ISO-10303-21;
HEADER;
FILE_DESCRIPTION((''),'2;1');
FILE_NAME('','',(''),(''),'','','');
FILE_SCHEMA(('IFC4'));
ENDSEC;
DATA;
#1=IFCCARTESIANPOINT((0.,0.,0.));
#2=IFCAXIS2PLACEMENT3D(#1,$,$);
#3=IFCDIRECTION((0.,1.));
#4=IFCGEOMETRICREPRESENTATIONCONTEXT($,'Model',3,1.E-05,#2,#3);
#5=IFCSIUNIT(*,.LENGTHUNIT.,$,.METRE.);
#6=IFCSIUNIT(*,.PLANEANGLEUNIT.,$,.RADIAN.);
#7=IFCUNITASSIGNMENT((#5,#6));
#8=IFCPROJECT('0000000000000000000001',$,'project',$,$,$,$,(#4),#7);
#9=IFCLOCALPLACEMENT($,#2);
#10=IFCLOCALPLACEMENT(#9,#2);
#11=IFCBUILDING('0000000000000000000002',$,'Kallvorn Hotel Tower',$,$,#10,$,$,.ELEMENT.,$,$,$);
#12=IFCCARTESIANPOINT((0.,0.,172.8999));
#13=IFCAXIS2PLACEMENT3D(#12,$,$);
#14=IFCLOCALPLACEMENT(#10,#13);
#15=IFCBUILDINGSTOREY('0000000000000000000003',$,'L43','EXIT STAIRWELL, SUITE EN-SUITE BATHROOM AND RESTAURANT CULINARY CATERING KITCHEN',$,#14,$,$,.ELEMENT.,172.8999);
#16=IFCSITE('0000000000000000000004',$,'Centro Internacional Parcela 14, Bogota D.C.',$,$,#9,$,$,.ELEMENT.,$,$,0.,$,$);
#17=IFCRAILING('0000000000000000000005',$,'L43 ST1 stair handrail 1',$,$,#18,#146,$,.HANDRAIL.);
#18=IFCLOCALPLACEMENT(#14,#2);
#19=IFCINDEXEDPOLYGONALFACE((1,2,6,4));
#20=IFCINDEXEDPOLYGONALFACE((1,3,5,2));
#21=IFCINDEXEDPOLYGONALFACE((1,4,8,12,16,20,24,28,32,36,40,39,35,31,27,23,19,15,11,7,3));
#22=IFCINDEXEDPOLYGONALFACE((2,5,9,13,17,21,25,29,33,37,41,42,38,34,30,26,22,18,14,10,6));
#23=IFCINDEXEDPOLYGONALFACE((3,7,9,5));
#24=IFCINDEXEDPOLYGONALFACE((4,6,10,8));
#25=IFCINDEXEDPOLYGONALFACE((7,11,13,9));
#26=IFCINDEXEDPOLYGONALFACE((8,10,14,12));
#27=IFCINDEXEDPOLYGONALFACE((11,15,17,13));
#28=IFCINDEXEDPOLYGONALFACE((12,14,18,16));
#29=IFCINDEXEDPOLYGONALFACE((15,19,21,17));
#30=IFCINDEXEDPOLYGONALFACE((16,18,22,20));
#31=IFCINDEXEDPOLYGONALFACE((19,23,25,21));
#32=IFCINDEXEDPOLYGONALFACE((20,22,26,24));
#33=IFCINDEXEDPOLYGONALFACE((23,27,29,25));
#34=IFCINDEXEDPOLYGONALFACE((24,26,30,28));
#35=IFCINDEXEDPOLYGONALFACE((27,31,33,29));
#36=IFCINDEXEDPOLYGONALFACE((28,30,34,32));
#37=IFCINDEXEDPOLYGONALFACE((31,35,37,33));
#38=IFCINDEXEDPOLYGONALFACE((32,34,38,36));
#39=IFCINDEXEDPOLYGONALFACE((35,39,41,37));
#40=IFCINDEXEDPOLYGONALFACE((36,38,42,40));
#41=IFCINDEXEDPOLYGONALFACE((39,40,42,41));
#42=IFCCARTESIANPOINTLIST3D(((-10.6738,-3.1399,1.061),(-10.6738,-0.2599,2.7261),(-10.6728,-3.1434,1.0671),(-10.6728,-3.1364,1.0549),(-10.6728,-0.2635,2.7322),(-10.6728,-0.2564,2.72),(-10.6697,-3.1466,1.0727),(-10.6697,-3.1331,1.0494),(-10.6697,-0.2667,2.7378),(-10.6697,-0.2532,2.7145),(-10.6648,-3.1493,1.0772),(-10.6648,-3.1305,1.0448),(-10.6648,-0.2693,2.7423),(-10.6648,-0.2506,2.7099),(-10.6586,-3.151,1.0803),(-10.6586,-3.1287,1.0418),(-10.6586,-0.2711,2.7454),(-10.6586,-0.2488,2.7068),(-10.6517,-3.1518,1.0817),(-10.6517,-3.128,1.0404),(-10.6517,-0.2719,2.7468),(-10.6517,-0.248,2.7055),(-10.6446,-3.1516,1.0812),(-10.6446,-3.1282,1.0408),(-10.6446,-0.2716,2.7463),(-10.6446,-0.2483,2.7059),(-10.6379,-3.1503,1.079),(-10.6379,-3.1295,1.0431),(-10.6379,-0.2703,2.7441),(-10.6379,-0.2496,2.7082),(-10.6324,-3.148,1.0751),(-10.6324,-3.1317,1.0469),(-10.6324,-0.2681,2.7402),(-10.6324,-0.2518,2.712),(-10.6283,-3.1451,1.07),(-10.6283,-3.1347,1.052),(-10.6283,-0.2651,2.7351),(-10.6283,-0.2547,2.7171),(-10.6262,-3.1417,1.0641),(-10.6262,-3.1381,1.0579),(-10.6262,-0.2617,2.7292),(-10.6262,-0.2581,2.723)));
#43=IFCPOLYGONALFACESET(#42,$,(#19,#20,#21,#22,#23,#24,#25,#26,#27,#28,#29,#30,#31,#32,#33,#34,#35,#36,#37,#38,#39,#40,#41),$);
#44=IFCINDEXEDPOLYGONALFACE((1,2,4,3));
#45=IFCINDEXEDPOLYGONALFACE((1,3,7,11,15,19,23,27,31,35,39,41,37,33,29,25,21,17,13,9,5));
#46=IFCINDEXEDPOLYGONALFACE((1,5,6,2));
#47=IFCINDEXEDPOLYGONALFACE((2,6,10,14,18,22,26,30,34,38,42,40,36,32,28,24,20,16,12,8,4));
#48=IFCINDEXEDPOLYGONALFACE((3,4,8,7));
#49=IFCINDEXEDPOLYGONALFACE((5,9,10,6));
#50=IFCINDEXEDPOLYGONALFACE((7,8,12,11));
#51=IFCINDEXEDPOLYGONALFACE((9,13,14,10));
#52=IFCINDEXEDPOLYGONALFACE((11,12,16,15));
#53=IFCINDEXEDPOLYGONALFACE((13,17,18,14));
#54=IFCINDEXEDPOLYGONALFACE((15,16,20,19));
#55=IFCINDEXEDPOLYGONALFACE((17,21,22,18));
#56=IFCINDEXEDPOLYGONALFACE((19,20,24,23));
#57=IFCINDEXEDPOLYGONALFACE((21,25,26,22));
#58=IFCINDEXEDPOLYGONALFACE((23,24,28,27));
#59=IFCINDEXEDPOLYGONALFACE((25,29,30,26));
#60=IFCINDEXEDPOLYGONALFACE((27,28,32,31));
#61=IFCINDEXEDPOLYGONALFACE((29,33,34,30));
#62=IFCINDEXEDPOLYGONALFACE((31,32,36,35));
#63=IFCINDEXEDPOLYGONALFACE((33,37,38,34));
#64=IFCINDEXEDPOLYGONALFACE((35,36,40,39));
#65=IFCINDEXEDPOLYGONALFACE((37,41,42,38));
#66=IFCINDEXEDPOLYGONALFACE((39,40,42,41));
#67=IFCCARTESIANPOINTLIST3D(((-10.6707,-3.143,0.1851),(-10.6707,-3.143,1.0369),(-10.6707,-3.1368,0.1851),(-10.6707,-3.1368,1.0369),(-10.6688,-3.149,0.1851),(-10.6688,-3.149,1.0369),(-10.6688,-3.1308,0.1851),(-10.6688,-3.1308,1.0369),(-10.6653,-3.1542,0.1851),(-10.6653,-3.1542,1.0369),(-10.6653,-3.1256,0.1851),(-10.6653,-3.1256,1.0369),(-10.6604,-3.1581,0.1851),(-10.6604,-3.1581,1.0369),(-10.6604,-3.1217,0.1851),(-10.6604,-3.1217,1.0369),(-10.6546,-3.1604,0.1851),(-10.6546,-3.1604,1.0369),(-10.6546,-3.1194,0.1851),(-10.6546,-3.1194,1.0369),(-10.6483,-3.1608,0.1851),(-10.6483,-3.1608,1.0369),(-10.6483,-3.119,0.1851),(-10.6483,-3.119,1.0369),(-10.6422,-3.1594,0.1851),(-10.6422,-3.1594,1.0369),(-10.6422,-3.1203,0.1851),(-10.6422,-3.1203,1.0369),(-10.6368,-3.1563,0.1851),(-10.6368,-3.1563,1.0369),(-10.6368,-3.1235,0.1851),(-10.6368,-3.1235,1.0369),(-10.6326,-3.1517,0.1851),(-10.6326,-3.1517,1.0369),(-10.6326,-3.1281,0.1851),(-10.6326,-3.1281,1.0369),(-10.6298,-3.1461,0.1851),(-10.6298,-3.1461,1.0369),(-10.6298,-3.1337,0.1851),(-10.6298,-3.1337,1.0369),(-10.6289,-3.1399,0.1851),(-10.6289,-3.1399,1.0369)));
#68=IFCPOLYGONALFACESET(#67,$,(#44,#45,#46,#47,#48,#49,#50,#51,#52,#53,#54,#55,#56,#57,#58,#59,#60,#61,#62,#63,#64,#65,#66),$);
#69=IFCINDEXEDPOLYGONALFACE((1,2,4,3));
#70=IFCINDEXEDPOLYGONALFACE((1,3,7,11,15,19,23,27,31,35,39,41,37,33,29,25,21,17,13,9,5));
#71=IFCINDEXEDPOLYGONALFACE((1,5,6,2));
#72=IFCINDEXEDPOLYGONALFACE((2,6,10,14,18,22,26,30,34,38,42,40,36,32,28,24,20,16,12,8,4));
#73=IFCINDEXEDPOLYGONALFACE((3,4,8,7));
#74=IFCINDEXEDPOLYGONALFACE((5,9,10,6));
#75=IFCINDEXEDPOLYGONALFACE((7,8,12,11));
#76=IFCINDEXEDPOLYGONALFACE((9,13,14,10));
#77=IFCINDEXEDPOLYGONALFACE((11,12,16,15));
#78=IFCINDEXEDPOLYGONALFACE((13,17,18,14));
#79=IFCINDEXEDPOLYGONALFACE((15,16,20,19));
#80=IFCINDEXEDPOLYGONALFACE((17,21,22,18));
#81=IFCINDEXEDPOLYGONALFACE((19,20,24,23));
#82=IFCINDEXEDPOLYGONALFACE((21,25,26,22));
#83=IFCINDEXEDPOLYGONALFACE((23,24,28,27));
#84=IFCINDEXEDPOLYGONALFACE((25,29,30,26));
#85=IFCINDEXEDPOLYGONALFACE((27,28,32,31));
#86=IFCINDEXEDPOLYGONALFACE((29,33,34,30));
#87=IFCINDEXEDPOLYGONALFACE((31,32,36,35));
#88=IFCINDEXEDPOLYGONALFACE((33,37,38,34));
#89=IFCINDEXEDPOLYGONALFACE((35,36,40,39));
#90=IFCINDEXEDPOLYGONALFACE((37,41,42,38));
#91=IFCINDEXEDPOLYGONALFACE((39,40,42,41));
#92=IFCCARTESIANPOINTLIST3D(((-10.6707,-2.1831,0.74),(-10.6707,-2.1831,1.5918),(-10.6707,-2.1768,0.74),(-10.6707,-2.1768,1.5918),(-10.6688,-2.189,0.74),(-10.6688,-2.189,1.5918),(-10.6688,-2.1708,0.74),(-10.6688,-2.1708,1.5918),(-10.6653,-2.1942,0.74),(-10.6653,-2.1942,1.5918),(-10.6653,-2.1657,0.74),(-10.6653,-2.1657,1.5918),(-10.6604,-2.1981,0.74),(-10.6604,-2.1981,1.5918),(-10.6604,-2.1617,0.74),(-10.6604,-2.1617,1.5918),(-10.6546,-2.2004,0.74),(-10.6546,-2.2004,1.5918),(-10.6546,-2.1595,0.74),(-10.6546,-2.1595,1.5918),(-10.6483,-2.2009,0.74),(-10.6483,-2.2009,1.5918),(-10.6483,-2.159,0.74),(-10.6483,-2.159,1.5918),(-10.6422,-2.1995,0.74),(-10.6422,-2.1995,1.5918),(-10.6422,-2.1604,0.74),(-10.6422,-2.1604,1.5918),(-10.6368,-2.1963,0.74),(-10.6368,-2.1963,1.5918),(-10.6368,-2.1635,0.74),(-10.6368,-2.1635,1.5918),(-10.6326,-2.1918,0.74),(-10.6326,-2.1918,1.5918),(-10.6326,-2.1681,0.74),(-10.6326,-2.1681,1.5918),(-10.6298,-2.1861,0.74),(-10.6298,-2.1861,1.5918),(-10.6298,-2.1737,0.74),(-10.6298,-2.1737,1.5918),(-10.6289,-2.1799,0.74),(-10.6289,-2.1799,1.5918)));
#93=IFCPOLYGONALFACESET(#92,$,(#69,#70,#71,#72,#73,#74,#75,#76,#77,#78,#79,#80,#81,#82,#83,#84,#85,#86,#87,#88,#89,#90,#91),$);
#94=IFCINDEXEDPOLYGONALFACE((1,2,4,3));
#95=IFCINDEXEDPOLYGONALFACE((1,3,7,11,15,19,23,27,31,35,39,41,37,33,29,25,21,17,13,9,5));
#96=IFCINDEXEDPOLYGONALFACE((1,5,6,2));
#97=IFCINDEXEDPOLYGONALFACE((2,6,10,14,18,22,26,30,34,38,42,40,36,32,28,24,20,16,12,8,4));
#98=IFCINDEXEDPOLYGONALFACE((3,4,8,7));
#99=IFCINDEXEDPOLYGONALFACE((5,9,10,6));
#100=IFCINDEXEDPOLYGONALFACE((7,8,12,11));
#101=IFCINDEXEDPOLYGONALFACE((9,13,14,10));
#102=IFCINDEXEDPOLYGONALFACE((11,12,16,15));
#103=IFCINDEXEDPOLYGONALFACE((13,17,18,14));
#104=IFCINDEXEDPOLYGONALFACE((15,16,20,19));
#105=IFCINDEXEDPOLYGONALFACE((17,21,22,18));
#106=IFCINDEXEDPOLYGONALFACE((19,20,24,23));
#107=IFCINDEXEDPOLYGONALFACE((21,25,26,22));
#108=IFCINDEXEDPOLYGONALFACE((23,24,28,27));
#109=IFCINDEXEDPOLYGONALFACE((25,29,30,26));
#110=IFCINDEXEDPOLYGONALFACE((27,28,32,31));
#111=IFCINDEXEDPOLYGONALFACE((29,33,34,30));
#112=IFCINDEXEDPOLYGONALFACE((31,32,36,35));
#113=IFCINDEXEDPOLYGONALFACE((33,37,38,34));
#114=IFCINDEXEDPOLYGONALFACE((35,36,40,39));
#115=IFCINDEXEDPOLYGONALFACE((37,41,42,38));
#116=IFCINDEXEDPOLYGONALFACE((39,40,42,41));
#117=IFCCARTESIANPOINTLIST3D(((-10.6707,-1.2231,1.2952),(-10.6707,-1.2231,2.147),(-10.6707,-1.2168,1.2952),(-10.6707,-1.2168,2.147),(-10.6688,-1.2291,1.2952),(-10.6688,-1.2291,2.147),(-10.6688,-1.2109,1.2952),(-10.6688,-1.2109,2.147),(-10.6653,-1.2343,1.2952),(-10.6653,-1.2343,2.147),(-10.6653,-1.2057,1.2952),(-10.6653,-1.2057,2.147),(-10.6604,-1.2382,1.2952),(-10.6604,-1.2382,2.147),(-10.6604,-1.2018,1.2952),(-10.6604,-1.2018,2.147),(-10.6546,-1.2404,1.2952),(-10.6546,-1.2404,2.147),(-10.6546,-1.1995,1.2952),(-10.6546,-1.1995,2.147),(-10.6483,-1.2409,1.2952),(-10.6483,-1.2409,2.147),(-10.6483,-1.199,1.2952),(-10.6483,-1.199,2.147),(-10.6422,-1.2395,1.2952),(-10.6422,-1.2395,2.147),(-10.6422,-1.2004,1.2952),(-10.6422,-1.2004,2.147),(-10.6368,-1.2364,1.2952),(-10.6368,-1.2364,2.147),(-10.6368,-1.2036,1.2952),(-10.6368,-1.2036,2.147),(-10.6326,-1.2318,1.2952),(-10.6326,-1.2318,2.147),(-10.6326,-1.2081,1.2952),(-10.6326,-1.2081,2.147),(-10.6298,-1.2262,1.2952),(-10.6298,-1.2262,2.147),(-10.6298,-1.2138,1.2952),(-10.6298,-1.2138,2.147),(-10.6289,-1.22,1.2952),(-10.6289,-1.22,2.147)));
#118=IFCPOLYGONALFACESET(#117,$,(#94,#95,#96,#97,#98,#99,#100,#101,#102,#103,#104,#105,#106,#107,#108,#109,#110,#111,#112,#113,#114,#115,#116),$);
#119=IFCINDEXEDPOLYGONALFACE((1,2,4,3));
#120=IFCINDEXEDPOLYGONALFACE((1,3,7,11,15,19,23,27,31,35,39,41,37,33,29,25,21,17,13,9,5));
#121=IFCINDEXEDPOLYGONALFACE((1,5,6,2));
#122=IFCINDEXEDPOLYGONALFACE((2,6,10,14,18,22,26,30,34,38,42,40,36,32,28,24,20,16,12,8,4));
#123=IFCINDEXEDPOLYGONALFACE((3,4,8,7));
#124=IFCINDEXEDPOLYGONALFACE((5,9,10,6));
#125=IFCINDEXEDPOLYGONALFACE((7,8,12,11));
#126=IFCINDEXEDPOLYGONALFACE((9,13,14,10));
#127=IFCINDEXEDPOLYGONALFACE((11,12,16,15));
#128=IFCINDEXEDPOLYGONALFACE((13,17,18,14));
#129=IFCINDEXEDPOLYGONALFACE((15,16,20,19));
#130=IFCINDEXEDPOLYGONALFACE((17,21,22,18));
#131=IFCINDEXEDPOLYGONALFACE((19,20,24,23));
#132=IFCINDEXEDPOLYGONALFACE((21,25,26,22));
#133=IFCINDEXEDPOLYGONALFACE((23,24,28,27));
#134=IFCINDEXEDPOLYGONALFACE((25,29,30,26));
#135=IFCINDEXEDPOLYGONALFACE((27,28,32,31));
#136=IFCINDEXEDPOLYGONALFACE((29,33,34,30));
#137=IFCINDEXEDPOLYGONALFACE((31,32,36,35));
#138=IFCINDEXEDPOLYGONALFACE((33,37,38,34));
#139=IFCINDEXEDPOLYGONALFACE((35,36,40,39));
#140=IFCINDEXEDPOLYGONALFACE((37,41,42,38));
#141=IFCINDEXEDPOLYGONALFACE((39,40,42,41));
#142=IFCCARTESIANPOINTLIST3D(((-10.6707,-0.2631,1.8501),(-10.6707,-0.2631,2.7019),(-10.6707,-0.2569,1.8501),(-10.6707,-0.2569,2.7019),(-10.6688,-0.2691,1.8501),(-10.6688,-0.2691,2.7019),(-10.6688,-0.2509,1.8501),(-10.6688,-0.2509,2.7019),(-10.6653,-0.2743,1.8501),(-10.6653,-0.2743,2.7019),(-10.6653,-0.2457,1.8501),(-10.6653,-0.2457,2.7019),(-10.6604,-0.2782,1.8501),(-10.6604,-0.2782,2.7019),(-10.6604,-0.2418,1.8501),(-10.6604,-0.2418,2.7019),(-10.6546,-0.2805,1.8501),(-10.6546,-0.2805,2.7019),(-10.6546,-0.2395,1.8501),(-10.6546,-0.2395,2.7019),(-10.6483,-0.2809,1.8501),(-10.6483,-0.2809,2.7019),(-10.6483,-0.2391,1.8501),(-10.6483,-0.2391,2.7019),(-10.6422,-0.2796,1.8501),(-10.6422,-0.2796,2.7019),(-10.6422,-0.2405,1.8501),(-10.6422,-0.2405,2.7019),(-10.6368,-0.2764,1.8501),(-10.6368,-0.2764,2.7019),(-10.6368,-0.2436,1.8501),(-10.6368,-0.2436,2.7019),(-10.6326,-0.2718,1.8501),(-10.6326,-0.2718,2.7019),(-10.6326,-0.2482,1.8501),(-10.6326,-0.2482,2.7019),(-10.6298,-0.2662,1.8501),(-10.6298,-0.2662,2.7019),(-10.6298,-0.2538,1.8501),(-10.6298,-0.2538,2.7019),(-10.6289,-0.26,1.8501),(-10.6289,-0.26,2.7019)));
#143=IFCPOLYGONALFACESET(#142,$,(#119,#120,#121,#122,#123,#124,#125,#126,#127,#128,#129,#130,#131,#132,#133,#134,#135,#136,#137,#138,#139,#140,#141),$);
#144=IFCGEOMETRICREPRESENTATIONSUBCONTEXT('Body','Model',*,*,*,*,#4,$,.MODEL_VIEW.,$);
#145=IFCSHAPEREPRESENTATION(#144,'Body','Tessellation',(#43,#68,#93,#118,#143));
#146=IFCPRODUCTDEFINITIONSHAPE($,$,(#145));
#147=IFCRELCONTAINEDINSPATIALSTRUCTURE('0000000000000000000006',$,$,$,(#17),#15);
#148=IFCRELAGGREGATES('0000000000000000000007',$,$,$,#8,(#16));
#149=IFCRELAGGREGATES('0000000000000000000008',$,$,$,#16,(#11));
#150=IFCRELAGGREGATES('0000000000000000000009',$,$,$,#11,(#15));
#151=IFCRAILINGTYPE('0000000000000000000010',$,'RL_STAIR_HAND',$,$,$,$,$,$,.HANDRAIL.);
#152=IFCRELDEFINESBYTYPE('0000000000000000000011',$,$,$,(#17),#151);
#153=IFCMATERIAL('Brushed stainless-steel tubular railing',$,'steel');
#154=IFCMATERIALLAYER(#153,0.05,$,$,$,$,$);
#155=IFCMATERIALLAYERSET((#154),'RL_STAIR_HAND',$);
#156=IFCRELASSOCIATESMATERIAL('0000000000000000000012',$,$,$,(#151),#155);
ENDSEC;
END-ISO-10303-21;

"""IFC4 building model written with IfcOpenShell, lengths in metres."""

from ifc_helpers import new_model, si_unit, direction, frame, origin, origin_2d, place, context, subcontext, project, spatial, circle, extrude, material, layer, layer_set, type_object, element, save


model = new_model("IFC4")

# Units and contexts
model_context = context("Model", 3, precision=1e-05, world=origin(), true_north=direction((0.0, 1.0)))
body_context = subcontext(model_context, "Body", "Model", "MODEL_VIEW")
ifc_project = project(units=[si_unit("LENGTHUNIT", "METRE"), si_unit("PLANEANGLEUNIT", "RADIAN")], contexts=[model_context])

# Site, building, storey
site_placement = place(None, origin())
site = spatial("IfcSite", under=ifc_project, at=site_placement, Name="Centro Internacional Parcela 14, Bogota D.C.", CompositionType="ELEMENT", RefElevation=0.0)
building_placement = place(site_placement, origin())
building = spatial("IfcBuilding", under=site, at=building_placement, Name="Kallvorn Hotel Tower", CompositionType="ELEMENT")
storey_placement = place(building_placement, frame((0.0, 0.0, 172.8999)))
storey = spatial("IfcBuildingStorey", under=building, at=storey_placement, Name="L43", Description="EXIT STAIRWELL, SUITE EN-SUITE BATHROOM AND RESTAURANT CULINARY CATERING KITCHEN", CompositionType="ELEMENT", Elevation=172.8999)

# Railing
ifc_material_1 = material(Name="Brushed stainless-steel tubular railing", Category="steel")
ifc_layer_1 = layer(ifc_material_1, 0.05)
ifc_layer_set_1 = layer_set([ifc_layer_1], Name="RL_STAIR_HAND")
railing_type_1 = type_object("IfcRailingType", Name="RL_STAIR_HAND", PredefinedType="HANDRAIL", material=ifc_layer_set_1)
railing_1_placement = place(storey_placement, frame((-10.6499, -3.1399, 0.1851)))
element("IfcRailing", 1, at=railing_1_placement, inside=storey, type_object=railing_type_1, Name="L43 ST1 stair handrail 1", PredefinedType="HANDRAIL", context=body_context, shape_type="SweptSolid", body=[
    extrude(circle(Radius=0.0239, at=origin_2d()), frame((0.0, 0.0, 0.876), z_axis=(0.0, 0.865721, 0.500527), x_axis=(-1.0, 0.0, 0.0)), (0.0, 0.0, 1.0), 3.3267),
    extrude(circle(Radius=0.021, at=origin_2d()), origin(), (0.0, 0.0, 1.0), 0.8518),
    extrude(circle(Radius=0.021, at=origin_2d()), frame((0.0, 0.96, 0.5549)), (0.0, 0.0, 1.0), 0.8518),
    extrude(circle(Radius=0.021, at=origin_2d()), frame((0.0, 1.9199, 1.1101)), (0.0, 0.0, 1.0), 0.8518),
    extrude(circle(Radius=0.021, at=origin_2d()), frame((0.0, 2.8799, 1.665)), (0.0, 0.0, 1.0), 0.8518),
])

save(model, "model.ifc")
